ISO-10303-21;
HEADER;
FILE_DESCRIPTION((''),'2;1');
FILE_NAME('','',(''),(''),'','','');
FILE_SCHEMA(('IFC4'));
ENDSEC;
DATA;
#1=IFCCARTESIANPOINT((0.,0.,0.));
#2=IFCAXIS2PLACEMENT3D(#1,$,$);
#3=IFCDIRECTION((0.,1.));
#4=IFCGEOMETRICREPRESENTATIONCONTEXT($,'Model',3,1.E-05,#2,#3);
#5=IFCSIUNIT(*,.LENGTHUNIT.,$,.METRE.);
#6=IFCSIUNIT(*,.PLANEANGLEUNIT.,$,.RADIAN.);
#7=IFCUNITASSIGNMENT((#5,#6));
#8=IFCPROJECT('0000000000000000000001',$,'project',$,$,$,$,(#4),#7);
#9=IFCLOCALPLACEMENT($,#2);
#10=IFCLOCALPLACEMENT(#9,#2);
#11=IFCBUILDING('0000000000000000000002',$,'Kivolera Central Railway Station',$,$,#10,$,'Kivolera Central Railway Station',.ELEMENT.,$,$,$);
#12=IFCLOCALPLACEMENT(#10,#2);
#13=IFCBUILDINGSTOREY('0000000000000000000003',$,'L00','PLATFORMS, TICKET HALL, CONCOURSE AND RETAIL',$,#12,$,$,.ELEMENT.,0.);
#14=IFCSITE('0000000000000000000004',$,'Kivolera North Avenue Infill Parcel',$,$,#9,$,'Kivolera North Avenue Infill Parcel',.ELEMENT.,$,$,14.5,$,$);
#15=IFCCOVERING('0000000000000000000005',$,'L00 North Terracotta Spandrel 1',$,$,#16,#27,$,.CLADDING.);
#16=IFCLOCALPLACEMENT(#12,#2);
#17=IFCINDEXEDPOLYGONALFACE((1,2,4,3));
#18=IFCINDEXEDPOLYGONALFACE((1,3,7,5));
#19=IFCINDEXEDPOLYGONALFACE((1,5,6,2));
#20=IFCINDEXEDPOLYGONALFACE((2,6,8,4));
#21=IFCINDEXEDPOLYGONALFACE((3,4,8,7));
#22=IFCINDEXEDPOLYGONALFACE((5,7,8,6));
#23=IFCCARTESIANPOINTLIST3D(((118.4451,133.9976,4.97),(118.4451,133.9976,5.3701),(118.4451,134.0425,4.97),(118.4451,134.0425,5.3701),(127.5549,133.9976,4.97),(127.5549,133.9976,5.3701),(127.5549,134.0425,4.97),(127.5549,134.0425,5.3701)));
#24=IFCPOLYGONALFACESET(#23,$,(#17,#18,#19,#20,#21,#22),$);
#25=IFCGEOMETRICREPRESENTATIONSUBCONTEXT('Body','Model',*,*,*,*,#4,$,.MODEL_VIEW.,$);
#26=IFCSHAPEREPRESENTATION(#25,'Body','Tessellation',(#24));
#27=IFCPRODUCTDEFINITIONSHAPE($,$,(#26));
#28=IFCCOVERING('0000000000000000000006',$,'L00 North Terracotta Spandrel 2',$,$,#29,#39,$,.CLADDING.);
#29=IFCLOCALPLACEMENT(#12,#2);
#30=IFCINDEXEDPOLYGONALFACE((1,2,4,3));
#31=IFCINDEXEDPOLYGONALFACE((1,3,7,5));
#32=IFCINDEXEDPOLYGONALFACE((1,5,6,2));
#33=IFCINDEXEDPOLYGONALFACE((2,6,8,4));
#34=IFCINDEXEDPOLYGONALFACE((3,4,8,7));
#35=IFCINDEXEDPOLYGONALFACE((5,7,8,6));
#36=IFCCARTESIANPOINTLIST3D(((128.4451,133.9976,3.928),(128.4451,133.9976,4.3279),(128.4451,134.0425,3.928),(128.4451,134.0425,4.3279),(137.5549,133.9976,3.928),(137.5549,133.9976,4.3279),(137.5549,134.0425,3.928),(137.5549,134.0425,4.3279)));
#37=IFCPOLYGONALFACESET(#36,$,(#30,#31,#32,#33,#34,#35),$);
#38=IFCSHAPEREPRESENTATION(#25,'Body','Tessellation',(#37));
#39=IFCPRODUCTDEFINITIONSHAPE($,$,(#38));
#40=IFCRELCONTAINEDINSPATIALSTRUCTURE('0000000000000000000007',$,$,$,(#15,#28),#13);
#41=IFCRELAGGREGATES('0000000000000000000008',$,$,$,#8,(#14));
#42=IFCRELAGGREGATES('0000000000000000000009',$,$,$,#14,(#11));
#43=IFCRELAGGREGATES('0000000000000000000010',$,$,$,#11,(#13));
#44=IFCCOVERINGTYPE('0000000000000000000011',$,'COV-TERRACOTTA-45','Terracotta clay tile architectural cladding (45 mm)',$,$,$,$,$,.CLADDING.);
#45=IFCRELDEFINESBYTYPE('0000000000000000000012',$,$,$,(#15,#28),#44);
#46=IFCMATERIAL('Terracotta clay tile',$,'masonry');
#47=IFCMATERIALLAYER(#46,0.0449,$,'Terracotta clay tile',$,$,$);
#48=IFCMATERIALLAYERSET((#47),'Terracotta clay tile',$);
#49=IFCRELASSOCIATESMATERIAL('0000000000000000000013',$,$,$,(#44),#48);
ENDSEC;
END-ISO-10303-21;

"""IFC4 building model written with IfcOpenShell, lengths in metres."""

from ifc_helpers import new_model, si_unit, direction, frame, frame_2d, origin, place, context, subcontext, project, spatial, rectangle, extrude, material, layer, layer_set, type_object, element, save


model = new_model("IFC4")

# Units and contexts
model_context = context("Model", 3, precision=1e-05, world=origin(), true_north=direction((0.0, 1.0)))
body_context = subcontext(model_context, "Body", "Model", "MODEL_VIEW")
ifc_project = project(units=[si_unit("LENGTHUNIT", "METRE"), si_unit("PLANEANGLEUNIT", "RADIAN")], contexts=[model_context])

# Site, building, storey
site_placement = place(None, origin())
site = spatial("IfcSite", under=ifc_project, at=site_placement, Name="Kivolera North Avenue Infill Parcel", LongName="Kivolera North Avenue Infill Parcel", CompositionType="ELEMENT", RefElevation=14.5)
building_placement = place(site_placement, origin())
building = spatial("IfcBuilding", under=site, at=building_placement, Name="Kivolera Central Railway Station", LongName="Kivolera Central Railway Station", CompositionType="ELEMENT")
storey_placement = place(building_placement, origin())
storey = spatial("IfcBuildingStorey", under=building, at=storey_placement, Name="L00", Description="PLATFORMS, TICKET HALL, CONCOURSE AND RETAIL", CompositionType="ELEMENT", Elevation=0.0)

# Coverings
ifc_material_1 = material(Name="Terracotta clay tile", Category="masonry")
ifc_layer_1 = layer(ifc_material_1, 0.0449, Name="Terracotta clay tile")
ifc_layer_set_1 = layer_set([ifc_layer_1], Name="Terracotta clay tile")
covering_type = type_object("IfcCoveringType", Name="COV-TERRACOTTA-45", Description="Terracotta clay tile architectural cladding (45 mm)", PredefinedType="CLADDING", material=ifc_layer_set_1)
covering_1_placement = place(storey_placement, frame((118.4451, 134.02, 4.97), z_axis=(0.0, 0.0, 1.0), x_axis=(1.0, 0.0, 0.0)))
element("IfcCovering", 1, at=covering_1_placement, inside=storey, type_object=covering_type, Name="L00 North Terracotta Spandrel 1", PredefinedType="CLADDING", context=body_context, shape_type="SweptSolid", body=[
    extrude(rectangle(XDim=9.1099, YDim=0.0449, at=frame_2d((4.5549, 0.0))), origin(), (0.0, 0.0, 1.0), 0.4001),
])
covering_2_placement = place(storey_placement, frame((128.4451, 134.02, 3.928), z_axis=(0.0, 0.0, 1.0), x_axis=(1.0, 0.0, 0.0)))
element("IfcCovering", 2, at=covering_2_placement, inside=storey, type_object=covering_type, Name="L00 North Terracotta Spandrel 2", PredefinedType="CLADDING", context=body_context, shape_type="SweptSolid", body=[
    extrude(rectangle(XDim=9.1099, YDim=0.0449, at=frame_2d((4.5549, 0.0))), origin(), (0.0, 0.0, 1.0), 0.3999),
])

save(model, "model.ifc")
